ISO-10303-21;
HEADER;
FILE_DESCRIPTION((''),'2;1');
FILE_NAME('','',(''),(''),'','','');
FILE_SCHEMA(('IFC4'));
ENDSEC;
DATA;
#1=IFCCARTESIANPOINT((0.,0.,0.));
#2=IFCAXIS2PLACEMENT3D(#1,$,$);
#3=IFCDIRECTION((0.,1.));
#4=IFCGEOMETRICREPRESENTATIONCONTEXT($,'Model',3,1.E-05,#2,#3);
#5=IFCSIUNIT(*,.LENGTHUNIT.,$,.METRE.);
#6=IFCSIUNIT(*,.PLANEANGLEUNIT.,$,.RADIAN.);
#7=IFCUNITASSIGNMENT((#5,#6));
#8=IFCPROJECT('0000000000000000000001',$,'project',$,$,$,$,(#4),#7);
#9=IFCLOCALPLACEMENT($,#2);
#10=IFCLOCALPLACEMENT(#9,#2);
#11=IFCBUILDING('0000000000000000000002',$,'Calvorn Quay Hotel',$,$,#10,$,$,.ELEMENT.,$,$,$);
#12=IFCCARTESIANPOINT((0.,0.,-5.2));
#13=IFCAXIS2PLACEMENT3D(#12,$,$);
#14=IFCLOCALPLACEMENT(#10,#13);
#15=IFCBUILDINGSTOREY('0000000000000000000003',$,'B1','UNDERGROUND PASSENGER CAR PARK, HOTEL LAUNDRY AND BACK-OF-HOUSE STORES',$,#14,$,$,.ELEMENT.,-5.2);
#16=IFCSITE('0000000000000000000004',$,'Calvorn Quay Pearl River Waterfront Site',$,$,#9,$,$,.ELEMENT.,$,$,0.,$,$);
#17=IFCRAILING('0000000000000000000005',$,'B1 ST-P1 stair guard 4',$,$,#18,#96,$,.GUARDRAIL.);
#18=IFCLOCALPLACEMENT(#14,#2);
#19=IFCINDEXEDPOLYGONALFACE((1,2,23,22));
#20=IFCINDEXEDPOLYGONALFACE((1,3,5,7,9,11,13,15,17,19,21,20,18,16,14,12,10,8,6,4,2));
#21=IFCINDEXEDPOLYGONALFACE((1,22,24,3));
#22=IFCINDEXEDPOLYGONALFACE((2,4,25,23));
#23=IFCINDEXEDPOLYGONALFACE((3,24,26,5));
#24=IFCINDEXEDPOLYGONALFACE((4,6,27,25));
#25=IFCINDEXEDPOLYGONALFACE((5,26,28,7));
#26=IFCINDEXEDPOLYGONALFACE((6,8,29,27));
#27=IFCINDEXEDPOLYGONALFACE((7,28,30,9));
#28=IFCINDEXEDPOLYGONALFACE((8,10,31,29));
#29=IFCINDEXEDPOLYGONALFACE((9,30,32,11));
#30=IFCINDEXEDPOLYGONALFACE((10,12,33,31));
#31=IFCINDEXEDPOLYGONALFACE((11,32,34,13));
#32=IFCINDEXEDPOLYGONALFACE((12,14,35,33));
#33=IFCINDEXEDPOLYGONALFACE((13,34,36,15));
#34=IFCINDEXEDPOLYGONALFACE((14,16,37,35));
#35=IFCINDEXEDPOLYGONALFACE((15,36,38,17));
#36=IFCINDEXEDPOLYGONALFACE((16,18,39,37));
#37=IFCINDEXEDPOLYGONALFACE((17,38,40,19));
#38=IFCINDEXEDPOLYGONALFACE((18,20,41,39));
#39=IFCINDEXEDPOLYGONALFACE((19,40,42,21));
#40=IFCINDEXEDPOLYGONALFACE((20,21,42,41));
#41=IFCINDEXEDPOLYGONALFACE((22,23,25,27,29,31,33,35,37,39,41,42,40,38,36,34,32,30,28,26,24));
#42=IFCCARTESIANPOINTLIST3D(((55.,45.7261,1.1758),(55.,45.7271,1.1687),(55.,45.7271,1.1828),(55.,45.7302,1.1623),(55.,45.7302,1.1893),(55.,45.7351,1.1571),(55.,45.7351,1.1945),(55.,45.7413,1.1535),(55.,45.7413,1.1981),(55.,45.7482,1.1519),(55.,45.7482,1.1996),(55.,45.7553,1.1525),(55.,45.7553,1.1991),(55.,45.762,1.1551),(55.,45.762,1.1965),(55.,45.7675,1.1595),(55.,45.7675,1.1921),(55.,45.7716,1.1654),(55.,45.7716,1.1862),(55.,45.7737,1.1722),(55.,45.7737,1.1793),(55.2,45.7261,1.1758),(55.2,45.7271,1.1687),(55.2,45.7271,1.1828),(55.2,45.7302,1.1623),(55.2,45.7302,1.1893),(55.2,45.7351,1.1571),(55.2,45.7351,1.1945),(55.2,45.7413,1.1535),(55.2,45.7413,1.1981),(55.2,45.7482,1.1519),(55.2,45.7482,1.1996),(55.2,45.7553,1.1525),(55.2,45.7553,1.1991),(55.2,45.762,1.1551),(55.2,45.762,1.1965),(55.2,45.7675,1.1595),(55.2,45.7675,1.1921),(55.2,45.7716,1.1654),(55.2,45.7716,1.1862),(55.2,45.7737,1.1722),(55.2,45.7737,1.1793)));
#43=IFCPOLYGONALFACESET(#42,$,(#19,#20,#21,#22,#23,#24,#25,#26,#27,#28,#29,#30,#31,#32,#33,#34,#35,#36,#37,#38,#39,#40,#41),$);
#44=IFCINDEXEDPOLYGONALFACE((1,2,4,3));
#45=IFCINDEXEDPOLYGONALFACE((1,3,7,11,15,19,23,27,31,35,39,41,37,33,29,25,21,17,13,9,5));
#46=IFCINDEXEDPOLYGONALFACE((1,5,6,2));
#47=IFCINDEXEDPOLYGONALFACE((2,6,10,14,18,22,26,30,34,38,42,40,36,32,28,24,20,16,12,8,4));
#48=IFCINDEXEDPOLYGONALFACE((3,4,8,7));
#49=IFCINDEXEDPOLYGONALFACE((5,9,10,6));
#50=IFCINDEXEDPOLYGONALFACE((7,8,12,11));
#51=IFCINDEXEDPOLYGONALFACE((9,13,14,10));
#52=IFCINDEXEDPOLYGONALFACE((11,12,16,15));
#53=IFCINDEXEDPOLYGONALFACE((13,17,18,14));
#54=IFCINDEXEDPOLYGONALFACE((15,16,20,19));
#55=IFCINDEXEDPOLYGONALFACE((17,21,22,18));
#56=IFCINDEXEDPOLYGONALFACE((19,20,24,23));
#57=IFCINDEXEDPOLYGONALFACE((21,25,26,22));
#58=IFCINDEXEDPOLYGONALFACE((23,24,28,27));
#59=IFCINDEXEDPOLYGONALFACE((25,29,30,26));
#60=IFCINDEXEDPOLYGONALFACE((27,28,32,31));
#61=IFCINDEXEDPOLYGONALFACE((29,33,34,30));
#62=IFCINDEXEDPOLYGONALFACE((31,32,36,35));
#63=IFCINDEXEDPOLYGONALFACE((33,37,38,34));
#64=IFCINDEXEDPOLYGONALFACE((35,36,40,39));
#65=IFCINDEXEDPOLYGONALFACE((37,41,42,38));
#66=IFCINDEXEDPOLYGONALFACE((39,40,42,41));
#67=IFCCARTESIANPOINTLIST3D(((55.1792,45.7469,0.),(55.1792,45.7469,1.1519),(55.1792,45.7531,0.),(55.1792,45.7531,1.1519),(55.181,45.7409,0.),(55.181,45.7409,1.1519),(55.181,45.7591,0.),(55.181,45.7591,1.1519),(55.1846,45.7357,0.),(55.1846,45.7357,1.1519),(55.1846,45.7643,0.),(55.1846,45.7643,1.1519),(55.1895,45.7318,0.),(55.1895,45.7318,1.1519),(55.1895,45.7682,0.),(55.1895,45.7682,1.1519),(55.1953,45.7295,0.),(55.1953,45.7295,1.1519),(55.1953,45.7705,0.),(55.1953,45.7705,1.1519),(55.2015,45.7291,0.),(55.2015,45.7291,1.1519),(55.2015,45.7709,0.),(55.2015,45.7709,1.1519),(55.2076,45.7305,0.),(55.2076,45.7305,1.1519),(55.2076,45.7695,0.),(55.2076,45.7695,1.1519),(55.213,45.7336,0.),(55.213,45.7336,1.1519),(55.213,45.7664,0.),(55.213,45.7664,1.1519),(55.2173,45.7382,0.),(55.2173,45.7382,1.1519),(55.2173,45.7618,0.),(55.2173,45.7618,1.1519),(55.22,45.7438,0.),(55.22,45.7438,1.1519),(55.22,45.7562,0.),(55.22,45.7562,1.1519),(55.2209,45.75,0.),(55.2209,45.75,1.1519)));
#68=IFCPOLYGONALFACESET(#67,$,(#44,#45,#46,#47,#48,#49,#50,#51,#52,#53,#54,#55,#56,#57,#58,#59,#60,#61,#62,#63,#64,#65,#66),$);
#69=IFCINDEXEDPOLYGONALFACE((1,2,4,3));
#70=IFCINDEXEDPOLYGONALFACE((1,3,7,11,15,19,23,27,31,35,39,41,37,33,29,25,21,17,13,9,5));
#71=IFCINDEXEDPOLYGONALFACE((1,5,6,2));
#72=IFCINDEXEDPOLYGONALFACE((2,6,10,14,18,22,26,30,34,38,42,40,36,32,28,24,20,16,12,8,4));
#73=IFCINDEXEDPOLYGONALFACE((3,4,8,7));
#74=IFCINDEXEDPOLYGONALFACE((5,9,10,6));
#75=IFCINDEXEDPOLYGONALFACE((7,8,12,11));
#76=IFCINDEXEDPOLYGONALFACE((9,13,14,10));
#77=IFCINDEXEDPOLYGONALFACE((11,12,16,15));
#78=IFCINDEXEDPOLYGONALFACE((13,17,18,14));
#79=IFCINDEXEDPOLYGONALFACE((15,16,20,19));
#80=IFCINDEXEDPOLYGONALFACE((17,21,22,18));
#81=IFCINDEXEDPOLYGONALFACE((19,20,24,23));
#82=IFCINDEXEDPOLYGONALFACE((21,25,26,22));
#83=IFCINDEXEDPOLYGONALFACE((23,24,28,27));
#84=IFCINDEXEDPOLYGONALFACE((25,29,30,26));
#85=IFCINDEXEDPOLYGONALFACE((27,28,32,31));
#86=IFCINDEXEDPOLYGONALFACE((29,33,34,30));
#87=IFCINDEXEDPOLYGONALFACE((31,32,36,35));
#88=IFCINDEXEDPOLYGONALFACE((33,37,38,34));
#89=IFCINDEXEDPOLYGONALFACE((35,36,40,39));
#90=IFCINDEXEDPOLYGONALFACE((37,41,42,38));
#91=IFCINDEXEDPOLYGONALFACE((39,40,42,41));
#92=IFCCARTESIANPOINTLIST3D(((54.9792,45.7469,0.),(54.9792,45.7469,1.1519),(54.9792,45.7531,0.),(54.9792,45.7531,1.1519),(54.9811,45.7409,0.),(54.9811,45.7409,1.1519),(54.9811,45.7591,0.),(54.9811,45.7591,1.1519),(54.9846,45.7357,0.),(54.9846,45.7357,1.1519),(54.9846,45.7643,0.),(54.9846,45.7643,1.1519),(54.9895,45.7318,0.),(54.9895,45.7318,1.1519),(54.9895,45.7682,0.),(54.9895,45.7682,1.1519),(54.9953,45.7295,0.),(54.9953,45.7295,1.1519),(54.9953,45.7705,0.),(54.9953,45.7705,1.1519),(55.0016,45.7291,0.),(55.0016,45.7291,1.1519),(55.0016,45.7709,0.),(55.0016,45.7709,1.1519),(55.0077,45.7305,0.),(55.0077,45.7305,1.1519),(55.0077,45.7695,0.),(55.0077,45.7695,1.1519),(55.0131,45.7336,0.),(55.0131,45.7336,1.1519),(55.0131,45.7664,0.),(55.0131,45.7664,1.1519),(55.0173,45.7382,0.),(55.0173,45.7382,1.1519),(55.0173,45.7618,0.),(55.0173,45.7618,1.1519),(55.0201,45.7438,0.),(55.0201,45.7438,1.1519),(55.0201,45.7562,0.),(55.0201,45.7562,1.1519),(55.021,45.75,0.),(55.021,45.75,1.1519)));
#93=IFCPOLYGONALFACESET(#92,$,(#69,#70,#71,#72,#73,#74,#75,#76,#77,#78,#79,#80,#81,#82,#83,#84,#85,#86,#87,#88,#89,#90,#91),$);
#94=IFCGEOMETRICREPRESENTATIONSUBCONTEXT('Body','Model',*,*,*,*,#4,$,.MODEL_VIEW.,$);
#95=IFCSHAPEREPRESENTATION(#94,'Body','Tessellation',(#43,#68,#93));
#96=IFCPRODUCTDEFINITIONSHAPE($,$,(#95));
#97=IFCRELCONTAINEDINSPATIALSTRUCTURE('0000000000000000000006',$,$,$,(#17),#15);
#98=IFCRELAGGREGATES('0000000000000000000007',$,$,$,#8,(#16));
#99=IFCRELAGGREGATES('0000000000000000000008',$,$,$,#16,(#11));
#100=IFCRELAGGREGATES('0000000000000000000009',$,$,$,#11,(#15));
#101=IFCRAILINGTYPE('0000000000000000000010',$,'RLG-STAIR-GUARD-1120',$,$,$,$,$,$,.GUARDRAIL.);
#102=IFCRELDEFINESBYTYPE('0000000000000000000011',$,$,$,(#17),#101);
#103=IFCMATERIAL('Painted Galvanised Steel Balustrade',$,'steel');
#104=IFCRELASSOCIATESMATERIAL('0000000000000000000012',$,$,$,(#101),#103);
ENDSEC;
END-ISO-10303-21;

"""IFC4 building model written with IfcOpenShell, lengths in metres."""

from ifc_helpers import new_model, si_unit, direction, frame, origin, origin_2d, place, context, subcontext, project, spatial, circle, extrude, material, type_object, element, save


model = new_model("IFC4")

# Units and contexts
model_context = context("Model", 3, precision=1e-05, world=origin(), true_north=direction((0.0, 1.0)))
body_context = subcontext(model_context, "Body", "Model", "MODEL_VIEW")
ifc_project = project(units=[si_unit("LENGTHUNIT", "METRE"), si_unit("PLANEANGLEUNIT", "RADIAN")], contexts=[model_context])

# Site, building, storey
site_placement = place(None, origin())
site = spatial("IfcSite", under=ifc_project, at=site_placement, Name="Calvorn Quay Pearl River Waterfront Site", CompositionType="ELEMENT", RefElevation=0.0)
building_placement = place(site_placement, origin())
building = spatial("IfcBuilding", under=site, at=building_placement, Name="Calvorn Quay Hotel", CompositionType="ELEMENT")
storey_placement = place(building_placement, frame((0.0, 0.0, -5.2)))
storey = spatial("IfcBuildingStorey", under=building, at=storey_placement, Name="B1", Description="UNDERGROUND PASSENGER CAR PARK, HOTEL LAUNDRY AND BACK-OF-HOUSE STORES", CompositionType="ELEMENT", Elevation=-5.2)

# Railing
ifc_material_1 = material(Name="Painted Galvanised Steel Balustrade", Category="steel")
railing_type_1 = type_object("IfcRailingType", Name="RLG-STAIR-GUARD-1120", PredefinedType="GUARDRAIL", material=ifc_material_1)
railing_1_placement = place(storey_placement, frame((55.2, 45.75, 0.0)))
element("IfcRailing", 1, at=railing_1_placement, inside=storey, type_object=railing_type_1, Name="B1 ST-P1 stair guard 4", PredefinedType="GUARDRAIL", context=body_context, shape_type="SweptSolid", body=[
    extrude(circle(Radius=0.0239, at=origin_2d()), frame((0.0, 0.0, 1.1758), z_axis=(-1.0, 0.0, 0.0), x_axis=(0.0, -1.0, 0.0)), (0.0, 0.0, 1.0), 0.2),
    extrude(circle(Radius=0.021, at=origin_2d()), origin(), (0.0, 0.0, 1.0), 1.1519),
    extrude(circle(Radius=0.021, at=origin_2d()), frame((-0.2, 0.0, 0.0)), (0.0, 0.0, 1.0), 1.1519),
])

save(model, "model.ifc")
